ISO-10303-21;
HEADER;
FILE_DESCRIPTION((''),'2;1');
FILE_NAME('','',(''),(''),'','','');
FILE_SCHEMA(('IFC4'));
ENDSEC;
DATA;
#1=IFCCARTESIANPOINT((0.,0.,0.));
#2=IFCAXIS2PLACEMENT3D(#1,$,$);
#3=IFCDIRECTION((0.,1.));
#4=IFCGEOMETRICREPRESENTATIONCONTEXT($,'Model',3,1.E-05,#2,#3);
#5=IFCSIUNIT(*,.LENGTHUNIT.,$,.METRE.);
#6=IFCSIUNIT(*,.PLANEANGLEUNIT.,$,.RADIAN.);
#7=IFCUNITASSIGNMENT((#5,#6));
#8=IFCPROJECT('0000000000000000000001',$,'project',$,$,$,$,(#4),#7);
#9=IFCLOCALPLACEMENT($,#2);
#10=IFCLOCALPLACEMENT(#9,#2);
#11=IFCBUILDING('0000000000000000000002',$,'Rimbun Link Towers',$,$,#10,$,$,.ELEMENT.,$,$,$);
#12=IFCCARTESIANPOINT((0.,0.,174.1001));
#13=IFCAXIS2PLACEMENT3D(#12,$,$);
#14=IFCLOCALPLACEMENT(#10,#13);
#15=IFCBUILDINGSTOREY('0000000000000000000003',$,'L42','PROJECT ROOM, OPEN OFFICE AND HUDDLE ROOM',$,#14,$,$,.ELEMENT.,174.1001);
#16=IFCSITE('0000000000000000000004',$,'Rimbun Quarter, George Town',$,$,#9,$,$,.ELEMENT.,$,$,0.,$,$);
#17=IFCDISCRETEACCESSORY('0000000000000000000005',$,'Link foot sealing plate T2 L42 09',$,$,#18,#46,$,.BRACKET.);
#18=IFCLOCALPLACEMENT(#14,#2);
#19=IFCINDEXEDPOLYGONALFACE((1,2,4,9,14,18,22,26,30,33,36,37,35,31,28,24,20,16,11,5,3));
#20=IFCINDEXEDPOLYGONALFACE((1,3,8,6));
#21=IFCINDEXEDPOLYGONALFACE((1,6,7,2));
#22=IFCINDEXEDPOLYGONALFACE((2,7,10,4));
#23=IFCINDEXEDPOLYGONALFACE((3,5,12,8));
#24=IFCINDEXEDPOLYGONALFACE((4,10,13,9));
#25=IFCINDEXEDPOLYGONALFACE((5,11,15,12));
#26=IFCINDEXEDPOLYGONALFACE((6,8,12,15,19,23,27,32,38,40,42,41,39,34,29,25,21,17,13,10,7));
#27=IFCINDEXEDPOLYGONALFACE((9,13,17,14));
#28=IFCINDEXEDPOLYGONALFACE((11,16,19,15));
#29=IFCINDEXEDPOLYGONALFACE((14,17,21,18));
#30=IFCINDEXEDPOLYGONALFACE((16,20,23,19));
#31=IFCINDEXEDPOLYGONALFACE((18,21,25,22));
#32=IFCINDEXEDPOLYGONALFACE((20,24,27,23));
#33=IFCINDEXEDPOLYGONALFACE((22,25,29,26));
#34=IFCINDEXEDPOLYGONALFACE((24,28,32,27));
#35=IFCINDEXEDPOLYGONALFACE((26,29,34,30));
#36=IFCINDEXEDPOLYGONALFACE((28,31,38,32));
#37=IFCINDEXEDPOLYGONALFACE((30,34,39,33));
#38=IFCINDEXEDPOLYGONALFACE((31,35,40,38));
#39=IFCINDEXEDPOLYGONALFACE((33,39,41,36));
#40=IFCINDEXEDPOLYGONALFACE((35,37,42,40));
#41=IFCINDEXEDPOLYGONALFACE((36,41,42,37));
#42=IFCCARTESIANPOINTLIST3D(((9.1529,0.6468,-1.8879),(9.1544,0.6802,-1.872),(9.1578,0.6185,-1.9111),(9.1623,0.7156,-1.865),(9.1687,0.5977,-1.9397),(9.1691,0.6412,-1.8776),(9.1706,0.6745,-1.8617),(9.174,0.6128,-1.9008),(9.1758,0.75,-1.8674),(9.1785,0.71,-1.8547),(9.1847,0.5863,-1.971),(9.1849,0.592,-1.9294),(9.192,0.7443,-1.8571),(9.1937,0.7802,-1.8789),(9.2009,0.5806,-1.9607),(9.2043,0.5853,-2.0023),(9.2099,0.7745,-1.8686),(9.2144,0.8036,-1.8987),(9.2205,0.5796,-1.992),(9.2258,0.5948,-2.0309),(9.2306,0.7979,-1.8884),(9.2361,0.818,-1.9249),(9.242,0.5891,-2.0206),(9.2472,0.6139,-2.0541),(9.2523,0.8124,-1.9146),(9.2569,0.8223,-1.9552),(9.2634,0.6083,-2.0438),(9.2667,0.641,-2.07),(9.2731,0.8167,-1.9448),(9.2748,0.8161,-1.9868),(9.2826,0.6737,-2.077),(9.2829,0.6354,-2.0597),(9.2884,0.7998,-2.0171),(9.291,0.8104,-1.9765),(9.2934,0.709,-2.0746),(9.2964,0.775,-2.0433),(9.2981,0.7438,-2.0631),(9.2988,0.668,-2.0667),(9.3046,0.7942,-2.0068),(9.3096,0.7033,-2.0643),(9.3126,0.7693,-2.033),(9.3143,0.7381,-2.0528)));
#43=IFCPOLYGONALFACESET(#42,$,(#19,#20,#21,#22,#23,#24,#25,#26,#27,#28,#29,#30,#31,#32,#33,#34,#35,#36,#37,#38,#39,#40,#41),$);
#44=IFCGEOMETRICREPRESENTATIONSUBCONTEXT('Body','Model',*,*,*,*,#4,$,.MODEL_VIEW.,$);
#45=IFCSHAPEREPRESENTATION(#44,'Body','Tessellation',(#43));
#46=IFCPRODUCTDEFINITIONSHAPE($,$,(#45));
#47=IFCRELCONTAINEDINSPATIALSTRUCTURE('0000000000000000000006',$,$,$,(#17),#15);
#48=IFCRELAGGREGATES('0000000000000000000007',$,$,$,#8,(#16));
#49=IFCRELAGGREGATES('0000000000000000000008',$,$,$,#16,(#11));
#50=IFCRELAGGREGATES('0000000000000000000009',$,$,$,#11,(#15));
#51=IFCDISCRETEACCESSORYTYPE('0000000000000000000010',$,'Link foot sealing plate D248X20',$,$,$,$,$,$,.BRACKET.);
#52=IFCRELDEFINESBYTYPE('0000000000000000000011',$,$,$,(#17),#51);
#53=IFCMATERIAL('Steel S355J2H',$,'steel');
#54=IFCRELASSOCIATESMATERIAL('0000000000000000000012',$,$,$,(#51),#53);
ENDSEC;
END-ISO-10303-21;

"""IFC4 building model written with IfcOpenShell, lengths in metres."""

from ifc_helpers import new_model, si_unit, direction, frame, origin, origin_2d, place, context, subcontext, project, spatial, circle, extrude, material, material_profile, profile_set, type_object, element, save


model = new_model("IFC4")

# Units and contexts
model_context = context("Model", 3, precision=1e-05, world=origin(), true_north=direction((0.0, 1.0)))
body_context = subcontext(model_context, "Body", "Model", "MODEL_VIEW")
ifc_project = project(units=[si_unit("LENGTHUNIT", "METRE"), si_unit("PLANEANGLEUNIT", "RADIAN")], contexts=[model_context])

# Site, building, storey
site_placement = place(None, origin())
site = spatial("IfcSite", under=ifc_project, at=site_placement, Name="Rimbun Quarter, George Town", CompositionType="ELEMENT", RefElevation=0.0)
building_placement = place(site_placement, origin())
building = spatial("IfcBuilding", under=site, at=building_placement, Name="Rimbun Link Towers", CompositionType="ELEMENT")
storey_placement = place(building_placement, frame((0.0, 0.0, 174.1001)))
storey = spatial("IfcBuildingStorey", under=building, at=storey_placement, Name="L42", Description="PROJECT ROOM, OPEN OFFICE AND HUDDLE ROOM", CompositionType="ELEMENT", Elevation=174.1001)

# Discrete accessory
ifc_material_1 = material(Name="Steel S355J2H", Category="steel")
ifc_material_profile_1 = material_profile(ifc_material_1, circle(Radius=0.124, at=origin_2d()), Name="PL D248")
ifc_profile_set_1 = profile_set([ifc_material_profile_1], Name="Steel S355J2H")
discrete_accessory_type = type_object("IfcDiscreteAccessoryType", Name="Link foot sealing plate D248X20", PredefinedType="BRACKET", material=ifc_profile_set_1)
discrete_accessory_placement = place(storey_placement, frame((9.2417, 0.6978, -1.9607), z_axis=(-0.809405, 0.282065, -0.515076), x_axis=(-0.329076, -0.944304, 0.0)))
element("IfcDiscreteAccessory", 1, at=discrete_accessory_placement, inside=storey, type_object=discrete_accessory_type, Name="Link foot sealing plate T2 L42 09", PredefinedType="BRACKET", context=body_context, shape_type="SweptSolid", body=[
    extrude(circle(Radius=0.124, at=origin_2d()), origin(), (0.0, 0.0, 1.0), 0.02),
])

save(model, "model.ifc")
